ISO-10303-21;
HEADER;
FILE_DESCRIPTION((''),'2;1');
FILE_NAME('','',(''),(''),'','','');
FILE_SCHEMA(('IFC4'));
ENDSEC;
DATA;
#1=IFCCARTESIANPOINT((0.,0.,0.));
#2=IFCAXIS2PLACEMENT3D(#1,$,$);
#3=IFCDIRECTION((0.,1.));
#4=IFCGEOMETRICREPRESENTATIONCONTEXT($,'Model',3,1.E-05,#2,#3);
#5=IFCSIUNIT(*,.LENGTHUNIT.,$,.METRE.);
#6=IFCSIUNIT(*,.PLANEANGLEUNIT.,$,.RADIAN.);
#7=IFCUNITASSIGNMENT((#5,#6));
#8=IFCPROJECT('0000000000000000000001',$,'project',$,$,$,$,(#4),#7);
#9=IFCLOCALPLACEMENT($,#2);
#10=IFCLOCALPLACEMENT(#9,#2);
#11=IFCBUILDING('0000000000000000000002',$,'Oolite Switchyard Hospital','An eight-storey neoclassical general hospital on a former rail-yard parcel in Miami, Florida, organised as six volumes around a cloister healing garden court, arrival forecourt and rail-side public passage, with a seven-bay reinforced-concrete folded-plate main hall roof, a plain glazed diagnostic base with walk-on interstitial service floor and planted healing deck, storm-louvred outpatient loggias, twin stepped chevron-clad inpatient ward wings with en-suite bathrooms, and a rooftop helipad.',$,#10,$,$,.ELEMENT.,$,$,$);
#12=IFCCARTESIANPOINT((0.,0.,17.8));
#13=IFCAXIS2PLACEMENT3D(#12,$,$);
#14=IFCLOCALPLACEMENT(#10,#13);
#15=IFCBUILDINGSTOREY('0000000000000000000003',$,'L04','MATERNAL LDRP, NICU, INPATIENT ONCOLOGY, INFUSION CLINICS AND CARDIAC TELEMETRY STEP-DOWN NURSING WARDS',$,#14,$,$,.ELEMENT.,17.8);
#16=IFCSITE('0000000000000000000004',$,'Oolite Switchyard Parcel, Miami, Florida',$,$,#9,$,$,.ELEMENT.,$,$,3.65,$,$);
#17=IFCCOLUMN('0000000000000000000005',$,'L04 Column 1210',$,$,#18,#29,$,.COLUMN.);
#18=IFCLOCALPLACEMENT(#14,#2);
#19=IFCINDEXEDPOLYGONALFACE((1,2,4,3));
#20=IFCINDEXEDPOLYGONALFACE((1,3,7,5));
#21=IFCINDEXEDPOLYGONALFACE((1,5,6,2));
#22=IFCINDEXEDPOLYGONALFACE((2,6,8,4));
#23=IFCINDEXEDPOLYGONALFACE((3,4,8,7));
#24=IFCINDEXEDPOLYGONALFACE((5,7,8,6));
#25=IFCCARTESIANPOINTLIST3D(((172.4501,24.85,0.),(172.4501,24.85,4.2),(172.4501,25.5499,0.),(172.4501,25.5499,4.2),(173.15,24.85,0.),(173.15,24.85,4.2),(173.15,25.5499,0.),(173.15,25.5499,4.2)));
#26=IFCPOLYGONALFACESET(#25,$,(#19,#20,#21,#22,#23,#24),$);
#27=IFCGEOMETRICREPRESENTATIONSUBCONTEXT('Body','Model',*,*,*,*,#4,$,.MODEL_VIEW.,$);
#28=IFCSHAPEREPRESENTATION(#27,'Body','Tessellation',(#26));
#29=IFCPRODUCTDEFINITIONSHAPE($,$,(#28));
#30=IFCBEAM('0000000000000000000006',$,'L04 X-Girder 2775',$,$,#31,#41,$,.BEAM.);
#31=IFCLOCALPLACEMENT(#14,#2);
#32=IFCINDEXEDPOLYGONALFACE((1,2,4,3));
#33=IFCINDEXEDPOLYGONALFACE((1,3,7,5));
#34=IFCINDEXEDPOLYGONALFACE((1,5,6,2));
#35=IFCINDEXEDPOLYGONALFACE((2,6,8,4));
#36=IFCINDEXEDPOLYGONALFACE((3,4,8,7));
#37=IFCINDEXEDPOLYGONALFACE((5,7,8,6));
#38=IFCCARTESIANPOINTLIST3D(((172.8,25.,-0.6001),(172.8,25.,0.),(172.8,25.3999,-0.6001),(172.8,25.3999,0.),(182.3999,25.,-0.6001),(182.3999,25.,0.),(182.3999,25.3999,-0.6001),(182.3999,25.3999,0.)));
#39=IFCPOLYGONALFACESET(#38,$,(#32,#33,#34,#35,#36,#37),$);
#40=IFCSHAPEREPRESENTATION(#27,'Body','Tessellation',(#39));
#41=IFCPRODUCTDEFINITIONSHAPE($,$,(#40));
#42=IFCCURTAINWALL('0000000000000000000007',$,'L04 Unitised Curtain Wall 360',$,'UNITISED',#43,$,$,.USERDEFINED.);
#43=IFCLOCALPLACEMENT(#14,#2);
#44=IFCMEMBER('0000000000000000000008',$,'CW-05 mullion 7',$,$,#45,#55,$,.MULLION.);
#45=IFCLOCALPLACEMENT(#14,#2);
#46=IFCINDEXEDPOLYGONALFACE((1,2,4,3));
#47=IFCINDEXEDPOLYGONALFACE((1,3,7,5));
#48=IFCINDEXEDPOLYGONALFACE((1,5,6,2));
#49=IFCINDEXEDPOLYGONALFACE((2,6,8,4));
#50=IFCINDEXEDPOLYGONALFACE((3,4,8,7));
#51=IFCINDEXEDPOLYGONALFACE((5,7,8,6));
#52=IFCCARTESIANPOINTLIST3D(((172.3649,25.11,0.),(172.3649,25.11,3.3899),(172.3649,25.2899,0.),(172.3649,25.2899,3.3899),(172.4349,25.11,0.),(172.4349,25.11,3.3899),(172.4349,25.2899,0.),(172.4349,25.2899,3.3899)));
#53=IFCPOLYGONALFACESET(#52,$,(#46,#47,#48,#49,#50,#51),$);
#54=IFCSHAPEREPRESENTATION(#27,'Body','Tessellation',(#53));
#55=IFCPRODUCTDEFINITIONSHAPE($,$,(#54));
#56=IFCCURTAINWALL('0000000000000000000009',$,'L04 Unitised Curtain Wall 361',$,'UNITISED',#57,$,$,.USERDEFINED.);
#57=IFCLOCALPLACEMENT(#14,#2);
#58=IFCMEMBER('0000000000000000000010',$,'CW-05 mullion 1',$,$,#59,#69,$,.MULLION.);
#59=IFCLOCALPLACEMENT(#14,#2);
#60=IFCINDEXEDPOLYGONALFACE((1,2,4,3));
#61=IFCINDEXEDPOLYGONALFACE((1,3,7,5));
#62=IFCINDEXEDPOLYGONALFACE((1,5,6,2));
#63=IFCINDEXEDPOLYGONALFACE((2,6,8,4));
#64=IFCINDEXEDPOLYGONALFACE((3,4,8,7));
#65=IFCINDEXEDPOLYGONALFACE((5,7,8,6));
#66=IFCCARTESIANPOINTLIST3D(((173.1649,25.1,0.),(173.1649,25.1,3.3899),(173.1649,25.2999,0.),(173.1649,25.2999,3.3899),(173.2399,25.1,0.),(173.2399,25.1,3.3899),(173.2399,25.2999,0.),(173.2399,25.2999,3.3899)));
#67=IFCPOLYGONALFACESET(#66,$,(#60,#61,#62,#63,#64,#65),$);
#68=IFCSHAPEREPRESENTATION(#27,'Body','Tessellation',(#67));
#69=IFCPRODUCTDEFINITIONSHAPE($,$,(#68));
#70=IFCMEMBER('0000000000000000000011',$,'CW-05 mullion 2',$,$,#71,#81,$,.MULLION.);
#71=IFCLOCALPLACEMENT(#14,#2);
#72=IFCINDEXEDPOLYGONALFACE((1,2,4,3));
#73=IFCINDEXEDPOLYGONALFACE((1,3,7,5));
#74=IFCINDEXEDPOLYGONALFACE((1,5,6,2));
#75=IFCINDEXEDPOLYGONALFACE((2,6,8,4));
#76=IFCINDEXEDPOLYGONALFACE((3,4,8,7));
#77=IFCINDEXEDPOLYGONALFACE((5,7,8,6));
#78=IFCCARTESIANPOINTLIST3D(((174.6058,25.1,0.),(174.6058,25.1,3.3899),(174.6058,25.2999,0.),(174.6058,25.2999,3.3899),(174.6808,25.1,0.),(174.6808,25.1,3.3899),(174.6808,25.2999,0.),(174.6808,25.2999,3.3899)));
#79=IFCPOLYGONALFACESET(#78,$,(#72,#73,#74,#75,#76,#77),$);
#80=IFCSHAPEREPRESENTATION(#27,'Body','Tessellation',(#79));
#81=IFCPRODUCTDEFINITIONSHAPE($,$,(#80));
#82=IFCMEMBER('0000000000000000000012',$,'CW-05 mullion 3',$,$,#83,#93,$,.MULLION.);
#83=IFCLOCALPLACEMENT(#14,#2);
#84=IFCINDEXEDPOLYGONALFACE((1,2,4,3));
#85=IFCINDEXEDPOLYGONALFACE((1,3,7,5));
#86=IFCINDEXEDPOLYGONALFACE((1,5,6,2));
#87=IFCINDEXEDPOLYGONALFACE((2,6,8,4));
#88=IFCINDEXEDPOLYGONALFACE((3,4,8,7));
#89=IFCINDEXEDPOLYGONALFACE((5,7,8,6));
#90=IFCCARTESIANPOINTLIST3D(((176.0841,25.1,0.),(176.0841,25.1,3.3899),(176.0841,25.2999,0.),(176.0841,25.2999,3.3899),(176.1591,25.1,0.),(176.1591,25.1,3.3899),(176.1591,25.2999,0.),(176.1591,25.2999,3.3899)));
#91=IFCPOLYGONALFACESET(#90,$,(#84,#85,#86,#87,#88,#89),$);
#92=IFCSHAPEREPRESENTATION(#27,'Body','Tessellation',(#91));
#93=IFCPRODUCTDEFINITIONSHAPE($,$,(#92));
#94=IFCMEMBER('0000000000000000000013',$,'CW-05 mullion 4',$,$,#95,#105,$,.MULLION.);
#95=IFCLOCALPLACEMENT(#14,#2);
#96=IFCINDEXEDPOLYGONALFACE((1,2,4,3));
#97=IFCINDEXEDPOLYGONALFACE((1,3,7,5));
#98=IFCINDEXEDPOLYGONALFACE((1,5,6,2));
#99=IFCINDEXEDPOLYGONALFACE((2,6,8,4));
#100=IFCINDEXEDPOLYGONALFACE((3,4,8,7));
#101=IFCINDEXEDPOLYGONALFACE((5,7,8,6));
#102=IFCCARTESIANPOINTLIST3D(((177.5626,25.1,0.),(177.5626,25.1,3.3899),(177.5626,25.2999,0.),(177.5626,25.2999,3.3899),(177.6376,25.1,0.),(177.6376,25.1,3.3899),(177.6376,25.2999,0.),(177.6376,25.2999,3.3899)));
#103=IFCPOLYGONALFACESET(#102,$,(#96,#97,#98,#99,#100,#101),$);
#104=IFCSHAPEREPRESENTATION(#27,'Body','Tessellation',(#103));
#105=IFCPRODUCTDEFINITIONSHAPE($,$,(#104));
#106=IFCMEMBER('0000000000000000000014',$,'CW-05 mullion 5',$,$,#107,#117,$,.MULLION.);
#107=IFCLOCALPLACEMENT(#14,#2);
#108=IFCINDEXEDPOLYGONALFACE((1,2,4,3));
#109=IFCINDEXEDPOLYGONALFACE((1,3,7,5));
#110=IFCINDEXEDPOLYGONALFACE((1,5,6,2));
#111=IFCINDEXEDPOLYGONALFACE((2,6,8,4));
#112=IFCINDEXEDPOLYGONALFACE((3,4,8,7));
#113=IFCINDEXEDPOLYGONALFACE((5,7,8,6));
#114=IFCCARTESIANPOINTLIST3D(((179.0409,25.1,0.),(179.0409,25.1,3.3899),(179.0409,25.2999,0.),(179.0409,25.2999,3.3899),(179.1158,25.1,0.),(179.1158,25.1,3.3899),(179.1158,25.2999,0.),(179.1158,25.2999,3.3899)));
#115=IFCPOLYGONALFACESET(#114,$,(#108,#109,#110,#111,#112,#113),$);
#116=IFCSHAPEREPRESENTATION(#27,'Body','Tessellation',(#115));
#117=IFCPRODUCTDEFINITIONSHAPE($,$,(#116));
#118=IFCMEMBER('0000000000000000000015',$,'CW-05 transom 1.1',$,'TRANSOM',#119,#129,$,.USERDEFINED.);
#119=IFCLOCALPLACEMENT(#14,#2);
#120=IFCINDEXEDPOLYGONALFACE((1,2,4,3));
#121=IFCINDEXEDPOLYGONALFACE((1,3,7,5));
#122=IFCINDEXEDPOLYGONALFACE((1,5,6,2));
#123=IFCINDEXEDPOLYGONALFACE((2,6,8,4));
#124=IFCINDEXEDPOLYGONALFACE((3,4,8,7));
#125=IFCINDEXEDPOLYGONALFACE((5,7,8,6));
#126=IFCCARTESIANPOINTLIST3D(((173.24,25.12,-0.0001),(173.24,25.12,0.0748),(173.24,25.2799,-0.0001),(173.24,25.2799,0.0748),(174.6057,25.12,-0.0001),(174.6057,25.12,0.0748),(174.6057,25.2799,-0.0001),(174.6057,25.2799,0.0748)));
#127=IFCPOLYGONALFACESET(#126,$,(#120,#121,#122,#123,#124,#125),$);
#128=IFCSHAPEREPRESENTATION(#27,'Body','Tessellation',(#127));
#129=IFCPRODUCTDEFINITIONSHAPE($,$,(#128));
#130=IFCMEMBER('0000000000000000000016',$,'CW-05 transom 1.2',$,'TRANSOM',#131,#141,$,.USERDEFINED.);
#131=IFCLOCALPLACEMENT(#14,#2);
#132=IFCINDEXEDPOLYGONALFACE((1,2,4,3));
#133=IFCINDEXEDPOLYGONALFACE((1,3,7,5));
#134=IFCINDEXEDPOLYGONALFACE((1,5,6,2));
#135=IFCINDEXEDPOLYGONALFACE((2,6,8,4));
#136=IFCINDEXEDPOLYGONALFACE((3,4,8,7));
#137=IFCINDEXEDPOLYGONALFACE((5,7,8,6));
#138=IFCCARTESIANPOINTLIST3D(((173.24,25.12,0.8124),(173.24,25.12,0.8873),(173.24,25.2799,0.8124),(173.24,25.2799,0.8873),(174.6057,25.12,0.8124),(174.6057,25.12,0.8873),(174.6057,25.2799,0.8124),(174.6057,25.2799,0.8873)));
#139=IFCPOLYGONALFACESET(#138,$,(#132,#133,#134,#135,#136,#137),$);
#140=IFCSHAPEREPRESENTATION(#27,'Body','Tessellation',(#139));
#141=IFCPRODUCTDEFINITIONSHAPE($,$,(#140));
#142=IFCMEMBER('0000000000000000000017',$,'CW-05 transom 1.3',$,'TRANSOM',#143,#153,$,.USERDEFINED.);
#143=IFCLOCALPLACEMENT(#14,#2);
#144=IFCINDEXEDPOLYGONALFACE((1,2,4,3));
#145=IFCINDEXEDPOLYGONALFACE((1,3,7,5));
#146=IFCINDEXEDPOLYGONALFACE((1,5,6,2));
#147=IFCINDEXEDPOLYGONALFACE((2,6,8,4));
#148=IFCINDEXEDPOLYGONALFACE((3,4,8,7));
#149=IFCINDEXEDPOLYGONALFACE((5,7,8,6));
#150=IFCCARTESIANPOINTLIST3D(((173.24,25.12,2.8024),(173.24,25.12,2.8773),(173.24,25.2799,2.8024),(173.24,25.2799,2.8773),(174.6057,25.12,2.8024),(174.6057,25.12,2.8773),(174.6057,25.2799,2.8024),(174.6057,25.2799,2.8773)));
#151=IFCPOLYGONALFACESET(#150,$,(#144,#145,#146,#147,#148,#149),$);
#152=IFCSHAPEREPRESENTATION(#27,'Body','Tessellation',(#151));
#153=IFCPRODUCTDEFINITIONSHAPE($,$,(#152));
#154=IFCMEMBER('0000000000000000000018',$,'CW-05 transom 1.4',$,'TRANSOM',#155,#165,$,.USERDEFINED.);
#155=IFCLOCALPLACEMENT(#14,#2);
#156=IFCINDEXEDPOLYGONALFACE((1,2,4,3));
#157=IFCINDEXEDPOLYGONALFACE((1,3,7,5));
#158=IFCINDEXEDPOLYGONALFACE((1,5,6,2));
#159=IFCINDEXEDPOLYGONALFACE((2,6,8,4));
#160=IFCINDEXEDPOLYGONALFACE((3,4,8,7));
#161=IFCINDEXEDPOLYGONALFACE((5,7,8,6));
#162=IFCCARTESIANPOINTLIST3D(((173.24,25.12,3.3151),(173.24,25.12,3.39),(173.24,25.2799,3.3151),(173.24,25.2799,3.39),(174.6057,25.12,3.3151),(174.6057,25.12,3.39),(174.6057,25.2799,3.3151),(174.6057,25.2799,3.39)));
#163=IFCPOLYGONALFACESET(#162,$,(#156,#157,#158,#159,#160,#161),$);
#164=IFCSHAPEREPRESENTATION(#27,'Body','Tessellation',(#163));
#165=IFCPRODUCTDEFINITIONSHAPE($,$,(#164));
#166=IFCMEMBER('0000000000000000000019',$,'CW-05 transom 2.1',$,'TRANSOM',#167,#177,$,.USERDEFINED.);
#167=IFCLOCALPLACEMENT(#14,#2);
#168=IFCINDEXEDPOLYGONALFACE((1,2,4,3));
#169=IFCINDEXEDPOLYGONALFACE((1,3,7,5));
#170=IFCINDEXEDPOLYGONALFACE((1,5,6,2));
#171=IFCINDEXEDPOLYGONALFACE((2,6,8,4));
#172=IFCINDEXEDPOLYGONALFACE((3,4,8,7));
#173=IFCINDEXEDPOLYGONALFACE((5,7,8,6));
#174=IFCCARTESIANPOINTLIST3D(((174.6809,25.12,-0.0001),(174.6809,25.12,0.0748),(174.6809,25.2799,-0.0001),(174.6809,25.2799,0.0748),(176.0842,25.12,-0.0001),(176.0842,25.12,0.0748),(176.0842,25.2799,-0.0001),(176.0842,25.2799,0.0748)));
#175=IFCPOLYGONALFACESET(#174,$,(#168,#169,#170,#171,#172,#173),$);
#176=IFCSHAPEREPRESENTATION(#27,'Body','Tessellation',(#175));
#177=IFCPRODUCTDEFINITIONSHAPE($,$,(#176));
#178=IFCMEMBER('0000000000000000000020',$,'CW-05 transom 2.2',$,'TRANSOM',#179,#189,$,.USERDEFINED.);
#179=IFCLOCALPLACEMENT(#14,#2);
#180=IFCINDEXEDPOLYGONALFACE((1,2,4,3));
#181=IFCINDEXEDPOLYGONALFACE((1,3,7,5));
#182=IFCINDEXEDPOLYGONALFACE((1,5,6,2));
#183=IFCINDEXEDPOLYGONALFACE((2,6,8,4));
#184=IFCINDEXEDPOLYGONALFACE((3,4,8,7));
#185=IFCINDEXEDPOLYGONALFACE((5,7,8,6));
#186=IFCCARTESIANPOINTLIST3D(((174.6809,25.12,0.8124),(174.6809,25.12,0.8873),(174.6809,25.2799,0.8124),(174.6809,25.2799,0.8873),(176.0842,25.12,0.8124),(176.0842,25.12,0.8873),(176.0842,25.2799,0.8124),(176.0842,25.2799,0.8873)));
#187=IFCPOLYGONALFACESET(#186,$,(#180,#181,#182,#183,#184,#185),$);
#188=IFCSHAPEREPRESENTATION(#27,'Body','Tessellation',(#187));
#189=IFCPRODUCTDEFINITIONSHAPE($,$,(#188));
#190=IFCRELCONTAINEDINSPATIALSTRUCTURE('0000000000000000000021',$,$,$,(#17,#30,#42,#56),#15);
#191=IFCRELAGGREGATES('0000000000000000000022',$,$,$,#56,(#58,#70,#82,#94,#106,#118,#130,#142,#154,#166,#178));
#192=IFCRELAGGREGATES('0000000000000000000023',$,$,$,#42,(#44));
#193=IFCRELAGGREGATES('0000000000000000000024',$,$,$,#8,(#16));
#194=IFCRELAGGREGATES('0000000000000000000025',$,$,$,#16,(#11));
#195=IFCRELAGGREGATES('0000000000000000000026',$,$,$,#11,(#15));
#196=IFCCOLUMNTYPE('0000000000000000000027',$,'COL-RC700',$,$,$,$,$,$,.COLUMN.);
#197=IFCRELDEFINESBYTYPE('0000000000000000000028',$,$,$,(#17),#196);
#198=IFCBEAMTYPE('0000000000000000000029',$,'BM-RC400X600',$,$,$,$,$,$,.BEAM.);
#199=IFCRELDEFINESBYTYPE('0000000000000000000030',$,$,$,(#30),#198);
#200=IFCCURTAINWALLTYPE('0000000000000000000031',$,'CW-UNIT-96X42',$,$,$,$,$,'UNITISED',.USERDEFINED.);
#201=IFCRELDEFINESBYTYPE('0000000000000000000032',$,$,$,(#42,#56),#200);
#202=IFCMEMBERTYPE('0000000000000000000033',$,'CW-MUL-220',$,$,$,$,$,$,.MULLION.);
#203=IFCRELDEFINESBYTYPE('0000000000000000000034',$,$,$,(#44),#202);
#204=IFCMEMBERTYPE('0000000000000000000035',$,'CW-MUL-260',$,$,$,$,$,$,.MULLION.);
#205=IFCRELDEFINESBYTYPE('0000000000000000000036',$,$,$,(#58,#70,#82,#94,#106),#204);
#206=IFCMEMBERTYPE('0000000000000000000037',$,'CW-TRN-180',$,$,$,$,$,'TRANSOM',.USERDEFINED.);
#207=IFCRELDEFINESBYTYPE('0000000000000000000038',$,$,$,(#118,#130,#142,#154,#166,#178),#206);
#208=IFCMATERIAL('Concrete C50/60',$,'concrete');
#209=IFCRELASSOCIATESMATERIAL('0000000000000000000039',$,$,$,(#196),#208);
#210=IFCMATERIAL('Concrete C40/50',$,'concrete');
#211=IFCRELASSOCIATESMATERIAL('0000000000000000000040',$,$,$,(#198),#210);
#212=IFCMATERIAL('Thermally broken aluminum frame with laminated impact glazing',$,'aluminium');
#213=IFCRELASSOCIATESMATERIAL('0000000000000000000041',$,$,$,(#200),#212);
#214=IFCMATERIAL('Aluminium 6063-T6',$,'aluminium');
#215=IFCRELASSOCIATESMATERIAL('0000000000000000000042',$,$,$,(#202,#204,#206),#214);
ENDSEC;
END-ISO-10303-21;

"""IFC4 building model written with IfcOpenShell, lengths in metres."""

from ifc_helpers import new_model, si_unit, direction, frame, origin, origin_2d, place, context, subcontext, project, spatial, rectangle, extrude, material, material_profile, profile_set, type_object, element, aggregate, save


model = new_model("IFC4")

# Units and contexts
model_context = context("Model", 3, precision=1e-05, world=origin(), true_north=direction((0.0, 1.0)))
body_context = subcontext(model_context, "Body", "Model", "MODEL_VIEW")
ifc_project = project(units=[si_unit("LENGTHUNIT", "METRE"), si_unit("PLANEANGLEUNIT", "RADIAN")], contexts=[model_context])

# Site, building, storey
site_placement = place(None, origin())
site = spatial("IfcSite", under=ifc_project, at=site_placement, Name="Oolite Switchyard Parcel, Miami, Florida", CompositionType="ELEMENT", RefElevation=3.65)
building_placement = place(site_placement, origin())
building = spatial("IfcBuilding", under=site, at=building_placement, Name="Oolite Switchyard Hospital", Description="An eight-storey neoclassical general hospital on a former rail-yard parcel in Miami, Florida, organised as six volumes around a cloister healing garden court, arrival forecourt and rail-side public passage, with a seven-bay reinforced-concrete folded-plate main hall roof, a plain glazed diagnostic base with walk-on interstitial service floor and planted healing deck, storm-louvred outpatient loggias, twin stepped chevron-clad inpatient ward wings with en-suite bathrooms, and a rooftop helipad.", CompositionType="ELEMENT")
storey_placement = place(building_placement, frame((0.0, 0.0, 17.8)))
storey = spatial("IfcBuildingStorey", under=building, at=storey_placement, Name="L04", Description="MATERNAL LDRP, NICU, INPATIENT ONCOLOGY, INFUSION CLINICS AND CARDIAC TELEMETRY STEP-DOWN NURSING WARDS", CompositionType="ELEMENT", Elevation=17.8)

# Column
ifc_material_1 = material(Name="Concrete C50/60", Category="concrete")
ifc_material_profile_1 = material_profile(ifc_material_1, rectangle(XDim=0.7, YDim=0.7, at=origin_2d()), Name="RC700X700")
ifc_profile_set_1 = profile_set([ifc_material_profile_1], Name="Concrete C50/60")
column_type = type_object("IfcColumnType", Name="COL-RC700", PredefinedType="COLUMN", material=ifc_profile_set_1)
column_placement = place(storey_placement, frame((172.8, 25.2, 0.0), z_axis=(0.0, 0.0, 1.0), x_axis=(1.0, 0.0, 0.0)))
element("IfcColumn", 1, at=column_placement, inside=storey, type_object=column_type, Name="L04 Column 1210", PredefinedType="COLUMN", context=body_context, shape_type="SweptSolid", body=[
    extrude(rectangle(XDim=0.7, YDim=0.7, at=origin_2d()), origin(), (0.0, 0.0, 1.0), 4.2),
])

# Beam
ifc_material_2 = material(Name="Concrete C40/50", Category="concrete")
ifc_material_profile_2 = material_profile(ifc_material_2, rectangle(XDim=0.3999, YDim=0.6001, at=origin_2d()), Name="RCB400X600")
ifc_profile_set_2 = profile_set([ifc_material_profile_2], Name="Concrete C40/50")
beam_type = type_object("IfcBeamType", Name="BM-RC400X600", PredefinedType="BEAM", material=ifc_profile_set_2)
beam_placement = place(storey_placement, frame((172.8, 25.2, -0.3), z_axis=(1.0, 0.0, 0.0), x_axis=(0.0, 1.0, 0.0)))
element("IfcBeam", 2, at=beam_placement, inside=storey, type_object=beam_type, Name="L04 X-Girder 2775", PredefinedType="BEAM", context=body_context, shape_type="SweptSolid", body=[
    extrude(rectangle(XDim=0.3999, YDim=0.6001, at=origin_2d()), origin(), (0.0, 0.0, 1.0), 9.5999),
])

# Curtain wall, member
ifc_material_3 = material(Name="Thermally broken aluminum frame with laminated impact glazing", Category="aluminium")
curtain_wall_type = type_object("IfcCurtainWallType", Name="CW-UNIT-96X42", ElementType="UNITISED", PredefinedType="USERDEFINED", material=ifc_material_3)
curtain_wall_1_placement = place(storey_placement, origin())
curtain_wall_1 = element("IfcCurtainWall", 3, at=curtain_wall_1_placement, inside=storey, type_object=curtain_wall_type, Name="L04 Unitised Curtain Wall 360", ObjectType="UNITISED", PredefinedType="USERDEFINED")
ifc_material_4 = material(Name="Aluminium 6063-T6", Category="aluminium")
ifc_material_profile_3 = material_profile(ifc_material_4, rectangle(XDim=0.1799, YDim=0.0701, at=origin_2d()), Name="CWM70X180")
ifc_profile_set_3 = profile_set([ifc_material_profile_3], Name="Aluminium 6063-T6")
member_type_1 = type_object("IfcMemberType", Name="CW-MUL-220", PredefinedType="MULLION", material=ifc_profile_set_3)
member_1_placement = place(storey_placement, frame((172.3999, 25.2, 0.0), z_axis=(0.0, 0.0, 1.0), x_axis=(0.0, 1.0, 0.0)))
member_1 = element("IfcMember", 4, at=member_1_placement, type_object=member_type_1, Name="CW-05 mullion 7", PredefinedType="MULLION", context=body_context, shape_type="SweptSolid", body=[
    extrude(rectangle(XDim=0.1799, YDim=0.0701, at=origin_2d()), origin(), (0.0, 0.0, 1.0), 3.3899),
])

# Curtain wall, members
curtain_wall_2_placement = place(storey_placement, origin())
curtain_wall_2 = element("IfcCurtainWall", 5, at=curtain_wall_2_placement, inside=storey, type_object=curtain_wall_type, Name="L04 Unitised Curtain Wall 361", ObjectType="UNITISED", PredefinedType="USERDEFINED")
ifc_material_profile_4 = material_profile(ifc_material_4, rectangle(XDim=0.2, YDim=0.075, at=origin_2d()), Name="CWM75X200")
ifc_profile_set_4 = profile_set([ifc_material_profile_4], Name="Aluminium 6063-T6")
member_type_2 = type_object("IfcMemberType", Name="CW-MUL-260", PredefinedType="MULLION", material=ifc_profile_set_4)
member_2_placement = place(storey_placement, frame((173.2024, 25.2, 0.0), z_axis=(0.0, 0.0, 1.0), x_axis=(0.0, 1.0, 0.0)))
member_2 = element("IfcMember", 6, at=member_2_placement, type_object=member_type_2, Name="CW-05 mullion 1", PredefinedType="MULLION", context=body_context, shape_type="SweptSolid", body=[
    extrude(rectangle(XDim=0.2, YDim=0.075, at=origin_2d()), origin(), (0.0, 0.0, 1.0), 3.3899),
])
member_3_placement = place(storey_placement, frame((174.6433, 25.2, 0.0), z_axis=(0.0, 0.0, 1.0), x_axis=(0.0, 1.0, 0.0)))
member_3 = element("IfcMember", 7, at=member_3_placement, type_object=member_type_2, Name="CW-05 mullion 2", PredefinedType="MULLION", context=body_context, shape_type="SweptSolid", body=[
    extrude(rectangle(XDim=0.2, YDim=0.075, at=origin_2d()), origin(), (0.0, 0.0, 1.0), 3.3899),
])
member_4_placement = place(storey_placement, frame((176.1216, 25.2, 0.0), z_axis=(0.0, 0.0, 1.0), x_axis=(0.0, 1.0, 0.0)))
member_4 = element("IfcMember", 8, at=member_4_placement, type_object=member_type_2, Name="CW-05 mullion 3", PredefinedType="MULLION", context=body_context, shape_type="SweptSolid", body=[
    extrude(rectangle(XDim=0.2, YDim=0.075, at=origin_2d()), origin(), (0.0, 0.0, 1.0), 3.3899),
])
member_5_placement = place(storey_placement, frame((177.6001, 25.2, 0.0), z_axis=(0.0, 0.0, 1.0), x_axis=(0.0, 1.0, 0.0)))
member_5 = element("IfcMember", 9, at=member_5_placement, type_object=member_type_2, Name="CW-05 mullion 4", PredefinedType="MULLION", context=body_context, shape_type="SweptSolid", body=[
    extrude(rectangle(XDim=0.2, YDim=0.075, at=origin_2d()), origin(), (0.0, 0.0, 1.0), 3.3899),
])
member_6_placement = place(storey_placement, frame((179.0784, 25.2, 0.0), z_axis=(0.0, 0.0, 1.0), x_axis=(0.0, 1.0, 0.0)))
member_6 = element("IfcMember", 10, at=member_6_placement, type_object=member_type_2, Name="CW-05 mullion 5", PredefinedType="MULLION", context=body_context, shape_type="SweptSolid", body=[
    extrude(rectangle(XDim=0.2, YDim=0.075, at=origin_2d()), origin(), (0.0, 0.0, 1.0), 3.3899),
])
ifc_material_profile_5 = material_profile(ifc_material_4, rectangle(XDim=0.1599, YDim=0.075, at=origin_2d()), Name="CWT75X160")
ifc_profile_set_5 = profile_set([ifc_material_profile_5], Name="Aluminium 6063-T6")
member_type_3 = type_object("IfcMemberType", Name="CW-TRN-180", ElementType="TRANSOM", PredefinedType="USERDEFINED", material=ifc_profile_set_5)
member_7_placement = place(storey_placement, frame((173.24, 25.2, 0.0374), z_axis=(1.0, 0.0, 0.0), x_axis=(0.0, 1.0, 0.0)))
member_7 = element("IfcMember", 11, at=member_7_placement, type_object=member_type_3, Name="CW-05 transom 1.1", ObjectType="TRANSOM", PredefinedType="USERDEFINED", context=body_context, shape_type="SweptSolid", body=[
    extrude(rectangle(XDim=0.1599, YDim=0.075, at=origin_2d()), origin(), (0.0, 0.0, 1.0), 1.3657),
])
member_8_placement = place(storey_placement, frame((173.24, 25.2, 0.8499), z_axis=(1.0, 0.0, 0.0), x_axis=(0.0, 1.0, 0.0)))
member_8 = element("IfcMember", 12, at=member_8_placement, type_object=member_type_3, Name="CW-05 transom 1.2", ObjectType="TRANSOM", PredefinedType="USERDEFINED", context=body_context, shape_type="SweptSolid", body=[
    extrude(rectangle(XDim=0.1599, YDim=0.075, at=origin_2d()), origin(), (0.0, 0.0, 1.0), 1.3657),
])
member_9_placement = place(storey_placement, frame((173.24, 25.2, 2.8398), z_axis=(1.0, 0.0, 0.0), x_axis=(0.0, 1.0, 0.0)))
member_9 = element("IfcMember", 13, at=member_9_placement, type_object=member_type_3, Name="CW-05 transom 1.3", ObjectType="TRANSOM", PredefinedType="USERDEFINED", context=body_context, shape_type="SweptSolid", body=[
    extrude(rectangle(XDim=0.1599, YDim=0.075, at=origin_2d()), origin(), (0.0, 0.0, 1.0), 1.3657),
])
member_10_placement = place(storey_placement, frame((173.24, 25.2, 3.3525), z_axis=(1.0, 0.0, 0.0), x_axis=(0.0, 1.0, 0.0)))
member_10 = element("IfcMember", 14, at=member_10_placement, type_object=member_type_3, Name="CW-05 transom 1.4", ObjectType="TRANSOM", PredefinedType="USERDEFINED", context=body_context, shape_type="SweptSolid", body=[
    extrude(rectangle(XDim=0.1599, YDim=0.075, at=origin_2d()), origin(), (0.0, 0.0, 1.0), 1.3657),
])
member_11_placement = place(storey_placement, frame((174.6809, 25.2, 0.0374), z_axis=(1.0, 0.0, 0.0), x_axis=(0.0, 1.0, 0.0)))
member_11 = element("IfcMember", 15, at=member_11_placement, type_object=member_type_3, Name="CW-05 transom 2.1", ObjectType="TRANSOM", PredefinedType="USERDEFINED", context=body_context, shape_type="SweptSolid", body=[
    extrude(rectangle(XDim=0.1599, YDim=0.075, at=origin_2d()), origin(), (0.0, 0.0, 1.0), 1.4033),
])
member_12_placement = place(storey_placement, frame((174.6809, 25.2, 0.8499), z_axis=(1.0, 0.0, 0.0), x_axis=(0.0, 1.0, 0.0)))
member_12 = element("IfcMember", 16, at=member_12_placement, type_object=member_type_3, Name="CW-05 transom 2.2", ObjectType="TRANSOM", PredefinedType="USERDEFINED", context=body_context, shape_type="SweptSolid", body=[
    extrude(rectangle(XDim=0.1599, YDim=0.075, at=origin_2d()), origin(), (0.0, 0.0, 1.0), 1.4033),
])
aggregate(curtain_wall_2, [member_2, member_3, member_4, member_5, member_6, member_7, member_8, member_9, member_10, member_11, member_12])

aggregate(curtain_wall_1, [member_1])

save(model, "model.ifc")
